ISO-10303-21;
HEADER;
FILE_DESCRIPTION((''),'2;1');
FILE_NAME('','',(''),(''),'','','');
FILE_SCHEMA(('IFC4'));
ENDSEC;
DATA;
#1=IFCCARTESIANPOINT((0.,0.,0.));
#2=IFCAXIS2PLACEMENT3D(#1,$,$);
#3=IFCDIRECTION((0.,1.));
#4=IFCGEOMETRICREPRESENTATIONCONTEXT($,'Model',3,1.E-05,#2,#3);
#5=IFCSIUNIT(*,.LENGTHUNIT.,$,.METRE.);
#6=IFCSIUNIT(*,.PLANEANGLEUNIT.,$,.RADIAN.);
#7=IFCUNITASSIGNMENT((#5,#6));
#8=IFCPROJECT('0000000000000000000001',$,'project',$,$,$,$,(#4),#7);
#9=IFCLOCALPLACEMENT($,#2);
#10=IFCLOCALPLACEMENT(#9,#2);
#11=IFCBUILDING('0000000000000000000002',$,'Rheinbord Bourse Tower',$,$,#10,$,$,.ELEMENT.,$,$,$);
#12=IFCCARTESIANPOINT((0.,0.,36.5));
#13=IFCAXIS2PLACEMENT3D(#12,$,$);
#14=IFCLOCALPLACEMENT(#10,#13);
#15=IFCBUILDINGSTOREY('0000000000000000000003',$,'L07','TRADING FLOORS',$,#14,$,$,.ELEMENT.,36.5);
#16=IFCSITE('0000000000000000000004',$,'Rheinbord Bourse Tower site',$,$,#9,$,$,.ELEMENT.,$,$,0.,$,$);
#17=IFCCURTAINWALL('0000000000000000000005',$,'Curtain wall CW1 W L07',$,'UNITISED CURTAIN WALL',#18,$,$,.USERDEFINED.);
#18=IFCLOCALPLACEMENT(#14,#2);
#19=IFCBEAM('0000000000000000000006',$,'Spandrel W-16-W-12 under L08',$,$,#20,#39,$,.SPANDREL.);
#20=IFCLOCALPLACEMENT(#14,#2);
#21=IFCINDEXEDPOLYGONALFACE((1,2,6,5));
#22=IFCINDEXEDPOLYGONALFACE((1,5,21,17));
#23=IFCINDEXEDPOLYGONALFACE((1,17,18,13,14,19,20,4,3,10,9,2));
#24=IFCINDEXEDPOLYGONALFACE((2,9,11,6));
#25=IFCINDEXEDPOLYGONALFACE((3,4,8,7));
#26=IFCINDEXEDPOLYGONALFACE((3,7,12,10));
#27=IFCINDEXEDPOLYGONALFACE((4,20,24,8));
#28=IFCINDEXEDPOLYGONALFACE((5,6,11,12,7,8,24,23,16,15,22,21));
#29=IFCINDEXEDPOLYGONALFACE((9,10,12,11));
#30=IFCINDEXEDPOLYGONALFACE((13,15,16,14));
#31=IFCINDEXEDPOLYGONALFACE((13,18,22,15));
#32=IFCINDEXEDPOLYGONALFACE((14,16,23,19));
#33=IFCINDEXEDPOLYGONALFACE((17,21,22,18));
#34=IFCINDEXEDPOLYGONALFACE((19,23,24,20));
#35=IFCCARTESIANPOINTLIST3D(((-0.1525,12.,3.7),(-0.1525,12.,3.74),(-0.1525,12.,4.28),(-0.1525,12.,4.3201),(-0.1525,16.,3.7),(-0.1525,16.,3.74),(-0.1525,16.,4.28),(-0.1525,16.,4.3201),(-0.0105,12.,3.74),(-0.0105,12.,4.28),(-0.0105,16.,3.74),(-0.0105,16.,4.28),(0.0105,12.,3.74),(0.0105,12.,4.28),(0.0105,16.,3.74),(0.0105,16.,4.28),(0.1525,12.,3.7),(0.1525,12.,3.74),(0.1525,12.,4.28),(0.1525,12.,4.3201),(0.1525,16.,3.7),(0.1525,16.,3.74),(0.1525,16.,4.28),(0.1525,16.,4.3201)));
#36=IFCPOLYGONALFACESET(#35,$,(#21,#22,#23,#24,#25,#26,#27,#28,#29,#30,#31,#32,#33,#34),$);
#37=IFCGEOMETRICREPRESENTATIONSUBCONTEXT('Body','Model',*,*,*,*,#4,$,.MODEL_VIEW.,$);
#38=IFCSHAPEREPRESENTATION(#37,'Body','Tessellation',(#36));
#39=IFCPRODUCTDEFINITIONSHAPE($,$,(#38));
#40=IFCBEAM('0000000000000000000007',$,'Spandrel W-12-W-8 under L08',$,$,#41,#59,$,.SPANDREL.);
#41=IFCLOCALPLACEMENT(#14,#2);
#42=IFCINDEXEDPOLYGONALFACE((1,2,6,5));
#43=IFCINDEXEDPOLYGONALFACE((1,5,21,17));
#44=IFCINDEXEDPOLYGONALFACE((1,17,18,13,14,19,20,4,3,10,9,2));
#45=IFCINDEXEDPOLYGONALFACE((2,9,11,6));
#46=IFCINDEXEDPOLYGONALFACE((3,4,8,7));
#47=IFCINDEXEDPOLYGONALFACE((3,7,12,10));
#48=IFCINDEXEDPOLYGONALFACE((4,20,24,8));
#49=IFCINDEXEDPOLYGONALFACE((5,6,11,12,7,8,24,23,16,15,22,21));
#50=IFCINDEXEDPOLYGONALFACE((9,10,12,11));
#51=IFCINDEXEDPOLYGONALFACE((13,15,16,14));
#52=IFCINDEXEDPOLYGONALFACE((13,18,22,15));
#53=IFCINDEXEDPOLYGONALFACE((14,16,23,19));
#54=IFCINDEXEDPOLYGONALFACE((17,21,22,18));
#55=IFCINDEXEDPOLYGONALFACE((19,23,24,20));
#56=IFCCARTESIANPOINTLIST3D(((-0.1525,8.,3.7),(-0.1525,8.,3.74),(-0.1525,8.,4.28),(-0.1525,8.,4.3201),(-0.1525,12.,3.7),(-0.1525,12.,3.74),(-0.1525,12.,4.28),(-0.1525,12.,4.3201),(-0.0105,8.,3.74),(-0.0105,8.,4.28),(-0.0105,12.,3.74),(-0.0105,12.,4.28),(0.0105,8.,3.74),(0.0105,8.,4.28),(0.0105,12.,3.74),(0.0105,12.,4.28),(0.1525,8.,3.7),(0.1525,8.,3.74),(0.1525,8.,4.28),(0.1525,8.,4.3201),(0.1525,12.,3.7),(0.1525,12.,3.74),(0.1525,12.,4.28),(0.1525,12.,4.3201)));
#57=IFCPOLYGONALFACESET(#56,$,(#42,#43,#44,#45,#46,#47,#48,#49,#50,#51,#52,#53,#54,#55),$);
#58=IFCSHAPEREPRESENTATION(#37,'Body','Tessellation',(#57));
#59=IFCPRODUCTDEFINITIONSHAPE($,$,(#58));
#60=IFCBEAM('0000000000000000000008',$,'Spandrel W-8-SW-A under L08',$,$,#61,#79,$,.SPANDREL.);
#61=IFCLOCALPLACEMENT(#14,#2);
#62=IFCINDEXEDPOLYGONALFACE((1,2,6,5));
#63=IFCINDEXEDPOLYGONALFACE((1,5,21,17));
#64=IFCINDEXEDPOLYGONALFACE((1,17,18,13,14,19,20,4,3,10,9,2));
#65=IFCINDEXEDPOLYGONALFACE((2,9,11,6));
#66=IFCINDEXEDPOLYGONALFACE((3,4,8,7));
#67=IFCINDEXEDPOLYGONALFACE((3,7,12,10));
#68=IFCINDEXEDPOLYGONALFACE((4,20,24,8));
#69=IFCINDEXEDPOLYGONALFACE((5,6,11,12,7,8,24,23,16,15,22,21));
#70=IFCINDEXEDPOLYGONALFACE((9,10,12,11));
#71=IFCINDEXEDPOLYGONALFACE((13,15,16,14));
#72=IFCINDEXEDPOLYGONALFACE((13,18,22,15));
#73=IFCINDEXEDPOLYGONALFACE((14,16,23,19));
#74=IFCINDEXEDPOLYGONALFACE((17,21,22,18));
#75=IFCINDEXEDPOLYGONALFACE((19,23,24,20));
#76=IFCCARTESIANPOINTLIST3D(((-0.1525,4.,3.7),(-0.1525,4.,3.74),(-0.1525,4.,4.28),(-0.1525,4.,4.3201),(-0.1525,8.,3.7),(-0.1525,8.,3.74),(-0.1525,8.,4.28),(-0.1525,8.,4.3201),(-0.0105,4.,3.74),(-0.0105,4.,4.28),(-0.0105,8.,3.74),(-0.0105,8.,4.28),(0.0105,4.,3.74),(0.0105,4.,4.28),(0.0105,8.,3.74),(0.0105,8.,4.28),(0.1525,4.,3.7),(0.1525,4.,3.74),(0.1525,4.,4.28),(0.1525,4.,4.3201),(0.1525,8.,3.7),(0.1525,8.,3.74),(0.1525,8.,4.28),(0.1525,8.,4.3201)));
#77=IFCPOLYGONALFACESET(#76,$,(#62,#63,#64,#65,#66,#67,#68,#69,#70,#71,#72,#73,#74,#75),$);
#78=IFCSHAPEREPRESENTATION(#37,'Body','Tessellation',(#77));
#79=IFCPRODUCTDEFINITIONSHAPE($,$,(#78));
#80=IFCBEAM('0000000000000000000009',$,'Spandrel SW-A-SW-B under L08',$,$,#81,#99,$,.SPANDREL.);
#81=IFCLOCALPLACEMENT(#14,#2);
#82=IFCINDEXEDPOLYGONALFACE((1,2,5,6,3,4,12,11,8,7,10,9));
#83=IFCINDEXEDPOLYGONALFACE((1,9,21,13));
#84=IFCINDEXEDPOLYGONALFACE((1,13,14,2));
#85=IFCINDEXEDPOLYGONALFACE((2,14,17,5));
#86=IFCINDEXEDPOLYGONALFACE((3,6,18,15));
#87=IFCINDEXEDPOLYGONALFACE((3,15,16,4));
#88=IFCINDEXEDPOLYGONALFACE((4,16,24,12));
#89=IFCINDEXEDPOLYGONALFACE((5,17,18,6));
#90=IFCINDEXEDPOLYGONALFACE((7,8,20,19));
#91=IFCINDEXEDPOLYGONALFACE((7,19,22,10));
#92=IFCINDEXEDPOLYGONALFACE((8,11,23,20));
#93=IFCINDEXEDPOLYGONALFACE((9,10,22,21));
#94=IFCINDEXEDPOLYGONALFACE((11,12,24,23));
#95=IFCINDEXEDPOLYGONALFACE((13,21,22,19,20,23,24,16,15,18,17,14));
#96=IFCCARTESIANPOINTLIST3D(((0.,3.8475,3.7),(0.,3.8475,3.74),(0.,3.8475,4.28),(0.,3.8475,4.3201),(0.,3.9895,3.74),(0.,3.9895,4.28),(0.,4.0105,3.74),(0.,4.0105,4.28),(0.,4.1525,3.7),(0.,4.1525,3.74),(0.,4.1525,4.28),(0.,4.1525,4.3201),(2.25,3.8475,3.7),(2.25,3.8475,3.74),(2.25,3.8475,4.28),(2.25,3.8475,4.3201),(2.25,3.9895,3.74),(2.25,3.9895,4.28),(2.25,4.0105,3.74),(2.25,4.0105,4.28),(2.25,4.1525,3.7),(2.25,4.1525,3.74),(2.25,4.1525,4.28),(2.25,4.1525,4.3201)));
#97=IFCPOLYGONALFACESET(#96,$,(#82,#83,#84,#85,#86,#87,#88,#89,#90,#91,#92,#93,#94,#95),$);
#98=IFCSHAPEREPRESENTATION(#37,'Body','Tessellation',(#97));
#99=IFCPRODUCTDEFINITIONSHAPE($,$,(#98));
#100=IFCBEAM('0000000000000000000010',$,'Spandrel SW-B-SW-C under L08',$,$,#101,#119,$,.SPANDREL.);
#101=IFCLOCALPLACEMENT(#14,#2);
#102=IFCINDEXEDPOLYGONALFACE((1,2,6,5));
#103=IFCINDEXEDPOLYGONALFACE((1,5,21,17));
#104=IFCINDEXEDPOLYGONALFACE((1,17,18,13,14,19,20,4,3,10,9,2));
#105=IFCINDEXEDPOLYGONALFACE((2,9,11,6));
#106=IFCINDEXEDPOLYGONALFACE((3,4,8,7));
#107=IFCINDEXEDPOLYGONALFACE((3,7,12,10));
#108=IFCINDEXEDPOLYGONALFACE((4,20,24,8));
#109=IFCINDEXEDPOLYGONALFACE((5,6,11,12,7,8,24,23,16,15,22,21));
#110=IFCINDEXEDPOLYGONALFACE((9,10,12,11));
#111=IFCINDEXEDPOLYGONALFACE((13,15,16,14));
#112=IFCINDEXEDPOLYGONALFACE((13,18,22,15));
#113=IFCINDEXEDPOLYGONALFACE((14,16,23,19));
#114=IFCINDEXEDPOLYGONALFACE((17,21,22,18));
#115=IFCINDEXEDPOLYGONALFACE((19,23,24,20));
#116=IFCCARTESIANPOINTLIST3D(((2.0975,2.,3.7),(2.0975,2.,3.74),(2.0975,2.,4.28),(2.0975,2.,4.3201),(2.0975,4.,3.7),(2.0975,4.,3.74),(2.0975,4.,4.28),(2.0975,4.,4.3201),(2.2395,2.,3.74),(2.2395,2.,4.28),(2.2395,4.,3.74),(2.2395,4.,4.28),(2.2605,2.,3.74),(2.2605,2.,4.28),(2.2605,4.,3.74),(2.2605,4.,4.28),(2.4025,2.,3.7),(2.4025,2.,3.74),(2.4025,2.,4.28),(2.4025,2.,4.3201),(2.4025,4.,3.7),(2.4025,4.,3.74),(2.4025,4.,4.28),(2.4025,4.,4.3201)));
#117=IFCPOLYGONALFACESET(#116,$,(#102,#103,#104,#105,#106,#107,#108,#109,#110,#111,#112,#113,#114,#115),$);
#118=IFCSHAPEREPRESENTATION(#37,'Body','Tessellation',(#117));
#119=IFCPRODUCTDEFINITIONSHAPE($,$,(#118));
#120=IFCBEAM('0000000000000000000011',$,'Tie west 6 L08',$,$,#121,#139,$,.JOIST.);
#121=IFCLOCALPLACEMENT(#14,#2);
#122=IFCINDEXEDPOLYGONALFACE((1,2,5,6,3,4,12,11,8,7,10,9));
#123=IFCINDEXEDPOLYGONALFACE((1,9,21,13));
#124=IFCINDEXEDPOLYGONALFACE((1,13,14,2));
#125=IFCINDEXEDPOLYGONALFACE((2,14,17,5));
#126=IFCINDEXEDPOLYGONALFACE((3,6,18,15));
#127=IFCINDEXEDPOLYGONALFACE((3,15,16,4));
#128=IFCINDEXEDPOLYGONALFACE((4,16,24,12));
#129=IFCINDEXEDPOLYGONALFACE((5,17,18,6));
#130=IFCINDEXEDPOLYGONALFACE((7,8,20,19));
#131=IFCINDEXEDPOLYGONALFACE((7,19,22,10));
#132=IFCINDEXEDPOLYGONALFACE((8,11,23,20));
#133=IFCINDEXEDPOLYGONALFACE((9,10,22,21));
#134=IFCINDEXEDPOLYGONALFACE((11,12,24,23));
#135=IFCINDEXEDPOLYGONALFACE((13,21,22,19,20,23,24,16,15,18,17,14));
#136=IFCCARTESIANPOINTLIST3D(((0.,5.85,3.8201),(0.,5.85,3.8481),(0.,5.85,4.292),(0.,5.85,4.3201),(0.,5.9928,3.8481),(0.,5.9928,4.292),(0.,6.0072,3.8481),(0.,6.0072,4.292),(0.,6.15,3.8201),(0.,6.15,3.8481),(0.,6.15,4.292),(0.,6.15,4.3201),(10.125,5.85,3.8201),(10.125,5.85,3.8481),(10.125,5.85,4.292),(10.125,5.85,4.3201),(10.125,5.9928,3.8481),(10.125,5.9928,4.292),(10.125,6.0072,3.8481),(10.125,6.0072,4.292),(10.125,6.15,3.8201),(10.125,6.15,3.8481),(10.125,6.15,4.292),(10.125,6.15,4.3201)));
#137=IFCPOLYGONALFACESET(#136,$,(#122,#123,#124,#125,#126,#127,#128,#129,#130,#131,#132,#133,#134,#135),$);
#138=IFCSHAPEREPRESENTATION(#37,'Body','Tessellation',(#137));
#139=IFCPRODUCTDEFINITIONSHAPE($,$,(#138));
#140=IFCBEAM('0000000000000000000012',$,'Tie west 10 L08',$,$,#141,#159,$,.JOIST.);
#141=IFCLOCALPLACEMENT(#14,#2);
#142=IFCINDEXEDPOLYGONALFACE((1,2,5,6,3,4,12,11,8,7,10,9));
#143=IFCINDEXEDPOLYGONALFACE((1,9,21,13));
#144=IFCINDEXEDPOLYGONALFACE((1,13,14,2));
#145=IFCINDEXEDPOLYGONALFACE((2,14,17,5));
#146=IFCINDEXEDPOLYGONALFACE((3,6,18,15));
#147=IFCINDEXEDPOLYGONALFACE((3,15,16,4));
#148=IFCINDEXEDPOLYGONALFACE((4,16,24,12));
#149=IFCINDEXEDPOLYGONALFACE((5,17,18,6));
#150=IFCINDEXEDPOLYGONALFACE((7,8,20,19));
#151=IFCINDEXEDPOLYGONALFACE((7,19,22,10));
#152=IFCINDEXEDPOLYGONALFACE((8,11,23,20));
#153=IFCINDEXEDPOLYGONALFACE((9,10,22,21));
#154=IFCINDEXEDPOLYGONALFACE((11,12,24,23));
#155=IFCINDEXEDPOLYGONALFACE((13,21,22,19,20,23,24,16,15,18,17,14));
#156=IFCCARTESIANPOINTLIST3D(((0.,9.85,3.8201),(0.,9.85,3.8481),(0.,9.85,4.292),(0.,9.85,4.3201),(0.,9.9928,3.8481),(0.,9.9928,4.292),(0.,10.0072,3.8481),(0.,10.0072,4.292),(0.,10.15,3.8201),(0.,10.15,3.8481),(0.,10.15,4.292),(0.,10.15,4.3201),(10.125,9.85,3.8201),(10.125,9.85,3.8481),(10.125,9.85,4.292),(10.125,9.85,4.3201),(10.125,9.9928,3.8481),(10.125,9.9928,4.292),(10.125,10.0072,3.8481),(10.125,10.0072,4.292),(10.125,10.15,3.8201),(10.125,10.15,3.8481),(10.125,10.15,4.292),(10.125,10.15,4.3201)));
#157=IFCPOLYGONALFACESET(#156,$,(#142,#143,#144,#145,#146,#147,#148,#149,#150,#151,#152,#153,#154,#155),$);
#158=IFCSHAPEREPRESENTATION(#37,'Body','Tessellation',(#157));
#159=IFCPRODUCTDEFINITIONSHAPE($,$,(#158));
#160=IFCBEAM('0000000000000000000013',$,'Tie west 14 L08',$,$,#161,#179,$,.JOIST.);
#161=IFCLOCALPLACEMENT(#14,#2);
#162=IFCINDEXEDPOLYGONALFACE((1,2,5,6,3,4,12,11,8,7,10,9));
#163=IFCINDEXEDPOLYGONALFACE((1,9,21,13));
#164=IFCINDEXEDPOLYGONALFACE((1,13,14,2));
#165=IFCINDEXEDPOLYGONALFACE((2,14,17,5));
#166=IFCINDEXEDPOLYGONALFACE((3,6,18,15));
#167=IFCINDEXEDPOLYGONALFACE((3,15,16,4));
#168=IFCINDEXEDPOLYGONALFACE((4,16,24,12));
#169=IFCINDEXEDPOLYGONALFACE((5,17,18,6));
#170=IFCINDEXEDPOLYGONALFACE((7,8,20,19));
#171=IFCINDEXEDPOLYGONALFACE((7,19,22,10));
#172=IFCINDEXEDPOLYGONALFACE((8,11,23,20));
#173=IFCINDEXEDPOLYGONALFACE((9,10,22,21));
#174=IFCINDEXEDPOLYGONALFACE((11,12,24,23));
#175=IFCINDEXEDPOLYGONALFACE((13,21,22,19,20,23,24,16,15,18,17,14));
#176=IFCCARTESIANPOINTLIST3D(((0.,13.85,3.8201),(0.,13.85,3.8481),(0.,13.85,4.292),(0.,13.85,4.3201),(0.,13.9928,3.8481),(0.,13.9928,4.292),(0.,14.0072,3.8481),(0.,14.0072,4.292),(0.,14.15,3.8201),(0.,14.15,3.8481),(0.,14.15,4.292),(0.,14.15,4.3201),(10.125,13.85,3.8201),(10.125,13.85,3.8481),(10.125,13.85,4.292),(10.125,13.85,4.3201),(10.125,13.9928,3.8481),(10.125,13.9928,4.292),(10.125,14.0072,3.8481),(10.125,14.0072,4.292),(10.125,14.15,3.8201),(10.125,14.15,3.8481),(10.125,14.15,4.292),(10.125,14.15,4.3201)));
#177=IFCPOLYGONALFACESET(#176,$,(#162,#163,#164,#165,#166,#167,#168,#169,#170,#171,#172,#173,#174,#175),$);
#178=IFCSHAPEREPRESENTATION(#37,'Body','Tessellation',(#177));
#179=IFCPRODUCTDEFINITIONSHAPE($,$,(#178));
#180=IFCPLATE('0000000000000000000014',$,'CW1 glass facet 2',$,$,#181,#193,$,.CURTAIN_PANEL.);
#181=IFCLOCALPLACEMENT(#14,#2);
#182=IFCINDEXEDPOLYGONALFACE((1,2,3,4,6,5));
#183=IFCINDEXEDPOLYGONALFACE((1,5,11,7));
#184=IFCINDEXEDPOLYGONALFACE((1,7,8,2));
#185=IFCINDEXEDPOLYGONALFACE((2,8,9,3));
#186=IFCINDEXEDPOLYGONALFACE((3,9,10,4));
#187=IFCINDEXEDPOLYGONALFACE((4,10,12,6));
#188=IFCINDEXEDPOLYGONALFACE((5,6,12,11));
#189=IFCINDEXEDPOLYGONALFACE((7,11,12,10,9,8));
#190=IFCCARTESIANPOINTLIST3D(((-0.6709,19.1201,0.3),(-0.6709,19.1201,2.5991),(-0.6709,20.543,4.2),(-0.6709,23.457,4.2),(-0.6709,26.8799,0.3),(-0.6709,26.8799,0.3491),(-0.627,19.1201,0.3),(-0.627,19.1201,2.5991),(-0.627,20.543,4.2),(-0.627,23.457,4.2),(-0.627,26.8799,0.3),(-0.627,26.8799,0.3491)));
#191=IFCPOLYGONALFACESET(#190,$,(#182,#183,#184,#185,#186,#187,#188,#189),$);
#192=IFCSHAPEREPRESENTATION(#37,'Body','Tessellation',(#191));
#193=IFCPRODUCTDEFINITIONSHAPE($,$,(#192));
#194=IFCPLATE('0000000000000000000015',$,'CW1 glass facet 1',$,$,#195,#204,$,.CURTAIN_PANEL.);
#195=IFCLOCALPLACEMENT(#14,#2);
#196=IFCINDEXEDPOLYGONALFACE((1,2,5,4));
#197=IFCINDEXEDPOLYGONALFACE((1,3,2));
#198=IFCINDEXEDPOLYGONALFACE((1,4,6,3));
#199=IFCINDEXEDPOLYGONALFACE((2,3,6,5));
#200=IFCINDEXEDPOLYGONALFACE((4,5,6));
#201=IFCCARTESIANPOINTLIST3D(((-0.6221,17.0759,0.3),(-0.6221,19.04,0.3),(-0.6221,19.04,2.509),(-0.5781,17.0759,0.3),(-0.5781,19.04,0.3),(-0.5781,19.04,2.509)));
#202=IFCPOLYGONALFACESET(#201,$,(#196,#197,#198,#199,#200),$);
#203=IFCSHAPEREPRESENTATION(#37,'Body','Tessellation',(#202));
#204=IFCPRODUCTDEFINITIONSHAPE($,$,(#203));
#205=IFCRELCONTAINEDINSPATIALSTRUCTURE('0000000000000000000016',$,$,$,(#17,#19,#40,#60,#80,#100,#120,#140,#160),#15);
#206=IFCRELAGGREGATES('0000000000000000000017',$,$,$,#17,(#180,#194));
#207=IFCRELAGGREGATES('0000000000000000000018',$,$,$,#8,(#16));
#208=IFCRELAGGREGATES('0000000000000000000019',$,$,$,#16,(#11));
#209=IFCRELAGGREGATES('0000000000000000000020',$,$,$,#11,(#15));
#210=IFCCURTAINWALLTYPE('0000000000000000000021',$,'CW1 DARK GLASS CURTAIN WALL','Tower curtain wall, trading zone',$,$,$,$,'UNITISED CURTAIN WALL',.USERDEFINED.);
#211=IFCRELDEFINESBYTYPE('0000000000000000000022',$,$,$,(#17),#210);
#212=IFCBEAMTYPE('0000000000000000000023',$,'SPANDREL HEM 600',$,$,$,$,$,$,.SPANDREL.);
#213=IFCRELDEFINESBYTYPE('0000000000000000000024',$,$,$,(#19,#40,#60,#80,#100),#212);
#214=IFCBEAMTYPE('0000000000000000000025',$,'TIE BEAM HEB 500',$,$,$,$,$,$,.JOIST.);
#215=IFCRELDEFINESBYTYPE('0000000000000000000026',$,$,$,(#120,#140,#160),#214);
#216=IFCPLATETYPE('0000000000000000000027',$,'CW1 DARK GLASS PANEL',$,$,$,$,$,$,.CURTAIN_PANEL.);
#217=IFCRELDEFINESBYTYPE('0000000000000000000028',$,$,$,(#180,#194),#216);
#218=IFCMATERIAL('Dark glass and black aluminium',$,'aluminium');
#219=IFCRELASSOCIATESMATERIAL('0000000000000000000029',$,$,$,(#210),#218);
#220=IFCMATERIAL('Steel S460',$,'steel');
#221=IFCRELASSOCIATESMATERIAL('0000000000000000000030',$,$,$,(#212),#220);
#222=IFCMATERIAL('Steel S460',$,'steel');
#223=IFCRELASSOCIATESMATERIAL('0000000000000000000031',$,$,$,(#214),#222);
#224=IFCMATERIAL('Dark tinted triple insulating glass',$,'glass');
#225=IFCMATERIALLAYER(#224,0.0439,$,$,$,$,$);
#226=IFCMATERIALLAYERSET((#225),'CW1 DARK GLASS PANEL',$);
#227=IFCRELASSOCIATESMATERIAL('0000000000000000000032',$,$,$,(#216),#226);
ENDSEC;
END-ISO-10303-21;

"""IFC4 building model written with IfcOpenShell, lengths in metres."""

from ifc_helpers import new_model, si_unit, direction, frame, origin, origin_2d, place, context, subcontext, project, spatial, polyline, i_section, outline, extrude, material, layer, layer_set, material_profile, profile_set, type_object, element, aggregate, save


model = new_model("IFC4")

# Units and contexts
model_context = context("Model", 3, precision=1e-05, world=origin(), true_north=direction((0.0, 1.0)))
body_context = subcontext(model_context, "Body", "Model", "MODEL_VIEW")
ifc_project = project(units=[si_unit("LENGTHUNIT", "METRE"), si_unit("PLANEANGLEUNIT", "RADIAN")], contexts=[model_context])

# Site, building, storey
site_placement = place(None, origin())
site = spatial("IfcSite", under=ifc_project, at=site_placement, Name="Rheinbord Bourse Tower site", CompositionType="ELEMENT", RefElevation=0.0)
building_placement = place(site_placement, origin())
building = spatial("IfcBuilding", under=site, at=building_placement, Name="Rheinbord Bourse Tower", CompositionType="ELEMENT")
storey_placement = place(building_placement, frame((0.0, 0.0, 36.5)))
storey = spatial("IfcBuildingStorey", under=building, at=storey_placement, Name="L07", Description="TRADING FLOORS", CompositionType="ELEMENT", Elevation=36.5)

# Curtain wall
ifc_material_1 = material(Name="Dark glass and black aluminium", Category="aluminium")
curtain_wall_type = type_object("IfcCurtainWallType", Name="CW1 DARK GLASS CURTAIN WALL", Description="Tower curtain wall, trading zone", ElementType="UNITISED CURTAIN WALL", PredefinedType="USERDEFINED", material=ifc_material_1)
curtain_wall_placement = place(storey_placement, origin())
curtain_wall = element("IfcCurtainWall", 1, at=curtain_wall_placement, inside=storey, type_object=curtain_wall_type, Name="Curtain wall CW1 W L07", ObjectType="UNITISED CURTAIN WALL", PredefinedType="USERDEFINED")

# Beams
ifc_material_2 = material(Name="Steel S460", Category="steel")
ifc_material_profile_1 = material_profile(ifc_material_2, i_section(OverallWidth=0.3049, OverallDepth=0.6201, WebThickness=0.021, FlangeThickness=0.04, at=origin_2d()), Name="HEM 600")
ifc_profile_set_1 = profile_set([ifc_material_profile_1], Name="Steel S460")
beam_type_1 = type_object("IfcBeamType", Name="SPANDREL HEM 600", PredefinedType="SPANDREL", material=ifc_profile_set_1)
for number, where, z_axis, x_axis, name in (
    (2, (0.0, 16.0, 4.01), (0.0, -1.0, 0.0), (1.0, 0.0, 0.0), "Spandrel W-16-W-12 under L08"),
    (3, (0.0, 12.0, 4.01), (0.0, -1.0, 0.0), (1.0, 0.0, 0.0), "Spandrel W-12-W-8 under L08"),
    (4, (0.0, 8.0, 4.01), (0.0, -1.0, 0.0), (1.0, 0.0, 0.0), "Spandrel W-8-SW-A under L08"),
):
    element("IfcBeam", number, at=place(storey_placement, frame(where, z_axis=z_axis, x_axis=x_axis)), inside=storey, type_object=beam_type_1, Name=name, PredefinedType="SPANDREL", context=body_context, shape_type="SweptSolid", body=[
        extrude(i_section(OverallWidth=0.3049, OverallDepth=0.6201, WebThickness=0.021, FlangeThickness=0.04, at=origin_2d()), origin(), (0.0, 0.0, 1.0), 4.0),
    ])
beam_1_placement = place(storey_placement, frame((0.0, 4.0, 4.01), z_axis=(1.0, 0.0, 0.0), x_axis=(0.0, 1.0, 0.0)))
element("IfcBeam", 5, at=beam_1_placement, inside=storey, type_object=beam_type_1, Name="Spandrel SW-A-SW-B under L08", PredefinedType="SPANDREL", context=body_context, shape_type="SweptSolid", body=[
    extrude(i_section(OverallWidth=0.3049, OverallDepth=0.6201, WebThickness=0.021, FlangeThickness=0.04, at=origin_2d()), origin(), (0.0, 0.0, 1.0), 2.25),
])
beam_2_placement = place(storey_placement, frame((2.25, 4.0, 4.01), z_axis=(0.0, -1.0, 0.0), x_axis=(1.0, 0.0, 0.0)))
element("IfcBeam", 6, at=beam_2_placement, inside=storey, type_object=beam_type_1, Name="Spandrel SW-B-SW-C under L08", PredefinedType="SPANDREL", context=body_context, shape_type="SweptSolid", body=[
    extrude(i_section(OverallWidth=0.3049, OverallDepth=0.6201, WebThickness=0.021, FlangeThickness=0.04, at=origin_2d()), origin(), (0.0, 0.0, 1.0), 2.0),
])
ifc_material_3 = material(Name="Steel S460", Category="steel")
ifc_material_profile_2 = material_profile(ifc_material_3, i_section(OverallWidth=0.3, OverallDepth=0.5, WebThickness=0.0144, FlangeThickness=0.0281, at=origin_2d()), Name="HEB 500")
ifc_profile_set_2 = profile_set([ifc_material_profile_2], Name="Steel S460")
beam_type_2 = type_object("IfcBeamType", Name="TIE BEAM HEB 500", PredefinedType="JOIST", material=ifc_profile_set_2)
for number, where, z_axis, x_axis, name in (
    (7, (0.0, 6.0, 4.0701), (1.0, 0.0, 0.0), (0.0, 1.0, 0.0), "Tie west 6 L08"),
    (8, (0.0, 10.0, 4.0701), (1.0, 0.0, 0.0), (0.0, 1.0, 0.0), "Tie west 10 L08"),
    (9, (0.0, 14.0, 4.0701), (1.0, 0.0, 0.0), (0.0, 1.0, 0.0), "Tie west 14 L08"),
):
    element("IfcBeam", number, at=place(storey_placement, frame(where, z_axis=z_axis, x_axis=x_axis)), inside=storey, type_object=beam_type_2, Name=name, PredefinedType="JOIST", context=body_context, shape_type="SweptSolid", body=[
        extrude(i_section(OverallWidth=0.3, OverallDepth=0.5, WebThickness=0.0144, FlangeThickness=0.0281, at=origin_2d()), origin(), (0.0, 0.0, 1.0), 10.125),
    ])

# Plates
ifc_material_4 = material(Name="Dark tinted triple insulating glass", Category="glass")
ifc_layer_1 = layer(ifc_material_4, 0.0439)
ifc_layer_set_1 = layer_set([ifc_layer_1], Name="CW1 DARK GLASS PANEL")
plate_type = type_object("IfcPlateType", Name="CW1 DARK GLASS PANEL", PredefinedType="CURTAIN_PANEL", material=ifc_layer_set_1)
plate_1_placement = place(storey_placement, frame((-0.6709, 19.1201, 0.3), z_axis=(1.0, 0.0, 0.0), x_axis=(0.0, 1.0, 0.0)))
plate_1 = element("IfcPlate", 10, at=plate_1_placement, type_object=plate_type, Name="CW1 glass facet 2", PredefinedType="CURTAIN_PANEL", context=body_context, shape_type="SweptSolid", body=[
    extrude(outline(polyline([(0.0, 0.0), (7.7598, 0.0), (7.7598, 0.0491), (4.3369, 3.8999), (1.4229, 3.8999), (0.0, 2.2991), (0.0, 0.0)])), origin(), (0.0, 0.0, 1.0), 0.0439),
])
plate_2_placement = place(storey_placement, frame((-0.6221, 19.04, 0.3), z_axis=(1.0, 0.0, 0.0), x_axis=(0.0, 0.0, 1.0)))
plate_2 = element("IfcPlate", 11, at=plate_2_placement, type_object=plate_type, Name="CW1 glass facet 1", PredefinedType="CURTAIN_PANEL", context=body_context, shape_type="SweptSolid", body=[
    extrude(outline(polyline([(0.0, 0.0), (2.209, 0.0), (0.0, 1.9641), (0.0, 0.0)])), origin(), (0.0, 0.0, 1.0), 0.0439),
])
aggregate(curtain_wall, [plate_1, plate_2])

save(model, "model.ifc")
